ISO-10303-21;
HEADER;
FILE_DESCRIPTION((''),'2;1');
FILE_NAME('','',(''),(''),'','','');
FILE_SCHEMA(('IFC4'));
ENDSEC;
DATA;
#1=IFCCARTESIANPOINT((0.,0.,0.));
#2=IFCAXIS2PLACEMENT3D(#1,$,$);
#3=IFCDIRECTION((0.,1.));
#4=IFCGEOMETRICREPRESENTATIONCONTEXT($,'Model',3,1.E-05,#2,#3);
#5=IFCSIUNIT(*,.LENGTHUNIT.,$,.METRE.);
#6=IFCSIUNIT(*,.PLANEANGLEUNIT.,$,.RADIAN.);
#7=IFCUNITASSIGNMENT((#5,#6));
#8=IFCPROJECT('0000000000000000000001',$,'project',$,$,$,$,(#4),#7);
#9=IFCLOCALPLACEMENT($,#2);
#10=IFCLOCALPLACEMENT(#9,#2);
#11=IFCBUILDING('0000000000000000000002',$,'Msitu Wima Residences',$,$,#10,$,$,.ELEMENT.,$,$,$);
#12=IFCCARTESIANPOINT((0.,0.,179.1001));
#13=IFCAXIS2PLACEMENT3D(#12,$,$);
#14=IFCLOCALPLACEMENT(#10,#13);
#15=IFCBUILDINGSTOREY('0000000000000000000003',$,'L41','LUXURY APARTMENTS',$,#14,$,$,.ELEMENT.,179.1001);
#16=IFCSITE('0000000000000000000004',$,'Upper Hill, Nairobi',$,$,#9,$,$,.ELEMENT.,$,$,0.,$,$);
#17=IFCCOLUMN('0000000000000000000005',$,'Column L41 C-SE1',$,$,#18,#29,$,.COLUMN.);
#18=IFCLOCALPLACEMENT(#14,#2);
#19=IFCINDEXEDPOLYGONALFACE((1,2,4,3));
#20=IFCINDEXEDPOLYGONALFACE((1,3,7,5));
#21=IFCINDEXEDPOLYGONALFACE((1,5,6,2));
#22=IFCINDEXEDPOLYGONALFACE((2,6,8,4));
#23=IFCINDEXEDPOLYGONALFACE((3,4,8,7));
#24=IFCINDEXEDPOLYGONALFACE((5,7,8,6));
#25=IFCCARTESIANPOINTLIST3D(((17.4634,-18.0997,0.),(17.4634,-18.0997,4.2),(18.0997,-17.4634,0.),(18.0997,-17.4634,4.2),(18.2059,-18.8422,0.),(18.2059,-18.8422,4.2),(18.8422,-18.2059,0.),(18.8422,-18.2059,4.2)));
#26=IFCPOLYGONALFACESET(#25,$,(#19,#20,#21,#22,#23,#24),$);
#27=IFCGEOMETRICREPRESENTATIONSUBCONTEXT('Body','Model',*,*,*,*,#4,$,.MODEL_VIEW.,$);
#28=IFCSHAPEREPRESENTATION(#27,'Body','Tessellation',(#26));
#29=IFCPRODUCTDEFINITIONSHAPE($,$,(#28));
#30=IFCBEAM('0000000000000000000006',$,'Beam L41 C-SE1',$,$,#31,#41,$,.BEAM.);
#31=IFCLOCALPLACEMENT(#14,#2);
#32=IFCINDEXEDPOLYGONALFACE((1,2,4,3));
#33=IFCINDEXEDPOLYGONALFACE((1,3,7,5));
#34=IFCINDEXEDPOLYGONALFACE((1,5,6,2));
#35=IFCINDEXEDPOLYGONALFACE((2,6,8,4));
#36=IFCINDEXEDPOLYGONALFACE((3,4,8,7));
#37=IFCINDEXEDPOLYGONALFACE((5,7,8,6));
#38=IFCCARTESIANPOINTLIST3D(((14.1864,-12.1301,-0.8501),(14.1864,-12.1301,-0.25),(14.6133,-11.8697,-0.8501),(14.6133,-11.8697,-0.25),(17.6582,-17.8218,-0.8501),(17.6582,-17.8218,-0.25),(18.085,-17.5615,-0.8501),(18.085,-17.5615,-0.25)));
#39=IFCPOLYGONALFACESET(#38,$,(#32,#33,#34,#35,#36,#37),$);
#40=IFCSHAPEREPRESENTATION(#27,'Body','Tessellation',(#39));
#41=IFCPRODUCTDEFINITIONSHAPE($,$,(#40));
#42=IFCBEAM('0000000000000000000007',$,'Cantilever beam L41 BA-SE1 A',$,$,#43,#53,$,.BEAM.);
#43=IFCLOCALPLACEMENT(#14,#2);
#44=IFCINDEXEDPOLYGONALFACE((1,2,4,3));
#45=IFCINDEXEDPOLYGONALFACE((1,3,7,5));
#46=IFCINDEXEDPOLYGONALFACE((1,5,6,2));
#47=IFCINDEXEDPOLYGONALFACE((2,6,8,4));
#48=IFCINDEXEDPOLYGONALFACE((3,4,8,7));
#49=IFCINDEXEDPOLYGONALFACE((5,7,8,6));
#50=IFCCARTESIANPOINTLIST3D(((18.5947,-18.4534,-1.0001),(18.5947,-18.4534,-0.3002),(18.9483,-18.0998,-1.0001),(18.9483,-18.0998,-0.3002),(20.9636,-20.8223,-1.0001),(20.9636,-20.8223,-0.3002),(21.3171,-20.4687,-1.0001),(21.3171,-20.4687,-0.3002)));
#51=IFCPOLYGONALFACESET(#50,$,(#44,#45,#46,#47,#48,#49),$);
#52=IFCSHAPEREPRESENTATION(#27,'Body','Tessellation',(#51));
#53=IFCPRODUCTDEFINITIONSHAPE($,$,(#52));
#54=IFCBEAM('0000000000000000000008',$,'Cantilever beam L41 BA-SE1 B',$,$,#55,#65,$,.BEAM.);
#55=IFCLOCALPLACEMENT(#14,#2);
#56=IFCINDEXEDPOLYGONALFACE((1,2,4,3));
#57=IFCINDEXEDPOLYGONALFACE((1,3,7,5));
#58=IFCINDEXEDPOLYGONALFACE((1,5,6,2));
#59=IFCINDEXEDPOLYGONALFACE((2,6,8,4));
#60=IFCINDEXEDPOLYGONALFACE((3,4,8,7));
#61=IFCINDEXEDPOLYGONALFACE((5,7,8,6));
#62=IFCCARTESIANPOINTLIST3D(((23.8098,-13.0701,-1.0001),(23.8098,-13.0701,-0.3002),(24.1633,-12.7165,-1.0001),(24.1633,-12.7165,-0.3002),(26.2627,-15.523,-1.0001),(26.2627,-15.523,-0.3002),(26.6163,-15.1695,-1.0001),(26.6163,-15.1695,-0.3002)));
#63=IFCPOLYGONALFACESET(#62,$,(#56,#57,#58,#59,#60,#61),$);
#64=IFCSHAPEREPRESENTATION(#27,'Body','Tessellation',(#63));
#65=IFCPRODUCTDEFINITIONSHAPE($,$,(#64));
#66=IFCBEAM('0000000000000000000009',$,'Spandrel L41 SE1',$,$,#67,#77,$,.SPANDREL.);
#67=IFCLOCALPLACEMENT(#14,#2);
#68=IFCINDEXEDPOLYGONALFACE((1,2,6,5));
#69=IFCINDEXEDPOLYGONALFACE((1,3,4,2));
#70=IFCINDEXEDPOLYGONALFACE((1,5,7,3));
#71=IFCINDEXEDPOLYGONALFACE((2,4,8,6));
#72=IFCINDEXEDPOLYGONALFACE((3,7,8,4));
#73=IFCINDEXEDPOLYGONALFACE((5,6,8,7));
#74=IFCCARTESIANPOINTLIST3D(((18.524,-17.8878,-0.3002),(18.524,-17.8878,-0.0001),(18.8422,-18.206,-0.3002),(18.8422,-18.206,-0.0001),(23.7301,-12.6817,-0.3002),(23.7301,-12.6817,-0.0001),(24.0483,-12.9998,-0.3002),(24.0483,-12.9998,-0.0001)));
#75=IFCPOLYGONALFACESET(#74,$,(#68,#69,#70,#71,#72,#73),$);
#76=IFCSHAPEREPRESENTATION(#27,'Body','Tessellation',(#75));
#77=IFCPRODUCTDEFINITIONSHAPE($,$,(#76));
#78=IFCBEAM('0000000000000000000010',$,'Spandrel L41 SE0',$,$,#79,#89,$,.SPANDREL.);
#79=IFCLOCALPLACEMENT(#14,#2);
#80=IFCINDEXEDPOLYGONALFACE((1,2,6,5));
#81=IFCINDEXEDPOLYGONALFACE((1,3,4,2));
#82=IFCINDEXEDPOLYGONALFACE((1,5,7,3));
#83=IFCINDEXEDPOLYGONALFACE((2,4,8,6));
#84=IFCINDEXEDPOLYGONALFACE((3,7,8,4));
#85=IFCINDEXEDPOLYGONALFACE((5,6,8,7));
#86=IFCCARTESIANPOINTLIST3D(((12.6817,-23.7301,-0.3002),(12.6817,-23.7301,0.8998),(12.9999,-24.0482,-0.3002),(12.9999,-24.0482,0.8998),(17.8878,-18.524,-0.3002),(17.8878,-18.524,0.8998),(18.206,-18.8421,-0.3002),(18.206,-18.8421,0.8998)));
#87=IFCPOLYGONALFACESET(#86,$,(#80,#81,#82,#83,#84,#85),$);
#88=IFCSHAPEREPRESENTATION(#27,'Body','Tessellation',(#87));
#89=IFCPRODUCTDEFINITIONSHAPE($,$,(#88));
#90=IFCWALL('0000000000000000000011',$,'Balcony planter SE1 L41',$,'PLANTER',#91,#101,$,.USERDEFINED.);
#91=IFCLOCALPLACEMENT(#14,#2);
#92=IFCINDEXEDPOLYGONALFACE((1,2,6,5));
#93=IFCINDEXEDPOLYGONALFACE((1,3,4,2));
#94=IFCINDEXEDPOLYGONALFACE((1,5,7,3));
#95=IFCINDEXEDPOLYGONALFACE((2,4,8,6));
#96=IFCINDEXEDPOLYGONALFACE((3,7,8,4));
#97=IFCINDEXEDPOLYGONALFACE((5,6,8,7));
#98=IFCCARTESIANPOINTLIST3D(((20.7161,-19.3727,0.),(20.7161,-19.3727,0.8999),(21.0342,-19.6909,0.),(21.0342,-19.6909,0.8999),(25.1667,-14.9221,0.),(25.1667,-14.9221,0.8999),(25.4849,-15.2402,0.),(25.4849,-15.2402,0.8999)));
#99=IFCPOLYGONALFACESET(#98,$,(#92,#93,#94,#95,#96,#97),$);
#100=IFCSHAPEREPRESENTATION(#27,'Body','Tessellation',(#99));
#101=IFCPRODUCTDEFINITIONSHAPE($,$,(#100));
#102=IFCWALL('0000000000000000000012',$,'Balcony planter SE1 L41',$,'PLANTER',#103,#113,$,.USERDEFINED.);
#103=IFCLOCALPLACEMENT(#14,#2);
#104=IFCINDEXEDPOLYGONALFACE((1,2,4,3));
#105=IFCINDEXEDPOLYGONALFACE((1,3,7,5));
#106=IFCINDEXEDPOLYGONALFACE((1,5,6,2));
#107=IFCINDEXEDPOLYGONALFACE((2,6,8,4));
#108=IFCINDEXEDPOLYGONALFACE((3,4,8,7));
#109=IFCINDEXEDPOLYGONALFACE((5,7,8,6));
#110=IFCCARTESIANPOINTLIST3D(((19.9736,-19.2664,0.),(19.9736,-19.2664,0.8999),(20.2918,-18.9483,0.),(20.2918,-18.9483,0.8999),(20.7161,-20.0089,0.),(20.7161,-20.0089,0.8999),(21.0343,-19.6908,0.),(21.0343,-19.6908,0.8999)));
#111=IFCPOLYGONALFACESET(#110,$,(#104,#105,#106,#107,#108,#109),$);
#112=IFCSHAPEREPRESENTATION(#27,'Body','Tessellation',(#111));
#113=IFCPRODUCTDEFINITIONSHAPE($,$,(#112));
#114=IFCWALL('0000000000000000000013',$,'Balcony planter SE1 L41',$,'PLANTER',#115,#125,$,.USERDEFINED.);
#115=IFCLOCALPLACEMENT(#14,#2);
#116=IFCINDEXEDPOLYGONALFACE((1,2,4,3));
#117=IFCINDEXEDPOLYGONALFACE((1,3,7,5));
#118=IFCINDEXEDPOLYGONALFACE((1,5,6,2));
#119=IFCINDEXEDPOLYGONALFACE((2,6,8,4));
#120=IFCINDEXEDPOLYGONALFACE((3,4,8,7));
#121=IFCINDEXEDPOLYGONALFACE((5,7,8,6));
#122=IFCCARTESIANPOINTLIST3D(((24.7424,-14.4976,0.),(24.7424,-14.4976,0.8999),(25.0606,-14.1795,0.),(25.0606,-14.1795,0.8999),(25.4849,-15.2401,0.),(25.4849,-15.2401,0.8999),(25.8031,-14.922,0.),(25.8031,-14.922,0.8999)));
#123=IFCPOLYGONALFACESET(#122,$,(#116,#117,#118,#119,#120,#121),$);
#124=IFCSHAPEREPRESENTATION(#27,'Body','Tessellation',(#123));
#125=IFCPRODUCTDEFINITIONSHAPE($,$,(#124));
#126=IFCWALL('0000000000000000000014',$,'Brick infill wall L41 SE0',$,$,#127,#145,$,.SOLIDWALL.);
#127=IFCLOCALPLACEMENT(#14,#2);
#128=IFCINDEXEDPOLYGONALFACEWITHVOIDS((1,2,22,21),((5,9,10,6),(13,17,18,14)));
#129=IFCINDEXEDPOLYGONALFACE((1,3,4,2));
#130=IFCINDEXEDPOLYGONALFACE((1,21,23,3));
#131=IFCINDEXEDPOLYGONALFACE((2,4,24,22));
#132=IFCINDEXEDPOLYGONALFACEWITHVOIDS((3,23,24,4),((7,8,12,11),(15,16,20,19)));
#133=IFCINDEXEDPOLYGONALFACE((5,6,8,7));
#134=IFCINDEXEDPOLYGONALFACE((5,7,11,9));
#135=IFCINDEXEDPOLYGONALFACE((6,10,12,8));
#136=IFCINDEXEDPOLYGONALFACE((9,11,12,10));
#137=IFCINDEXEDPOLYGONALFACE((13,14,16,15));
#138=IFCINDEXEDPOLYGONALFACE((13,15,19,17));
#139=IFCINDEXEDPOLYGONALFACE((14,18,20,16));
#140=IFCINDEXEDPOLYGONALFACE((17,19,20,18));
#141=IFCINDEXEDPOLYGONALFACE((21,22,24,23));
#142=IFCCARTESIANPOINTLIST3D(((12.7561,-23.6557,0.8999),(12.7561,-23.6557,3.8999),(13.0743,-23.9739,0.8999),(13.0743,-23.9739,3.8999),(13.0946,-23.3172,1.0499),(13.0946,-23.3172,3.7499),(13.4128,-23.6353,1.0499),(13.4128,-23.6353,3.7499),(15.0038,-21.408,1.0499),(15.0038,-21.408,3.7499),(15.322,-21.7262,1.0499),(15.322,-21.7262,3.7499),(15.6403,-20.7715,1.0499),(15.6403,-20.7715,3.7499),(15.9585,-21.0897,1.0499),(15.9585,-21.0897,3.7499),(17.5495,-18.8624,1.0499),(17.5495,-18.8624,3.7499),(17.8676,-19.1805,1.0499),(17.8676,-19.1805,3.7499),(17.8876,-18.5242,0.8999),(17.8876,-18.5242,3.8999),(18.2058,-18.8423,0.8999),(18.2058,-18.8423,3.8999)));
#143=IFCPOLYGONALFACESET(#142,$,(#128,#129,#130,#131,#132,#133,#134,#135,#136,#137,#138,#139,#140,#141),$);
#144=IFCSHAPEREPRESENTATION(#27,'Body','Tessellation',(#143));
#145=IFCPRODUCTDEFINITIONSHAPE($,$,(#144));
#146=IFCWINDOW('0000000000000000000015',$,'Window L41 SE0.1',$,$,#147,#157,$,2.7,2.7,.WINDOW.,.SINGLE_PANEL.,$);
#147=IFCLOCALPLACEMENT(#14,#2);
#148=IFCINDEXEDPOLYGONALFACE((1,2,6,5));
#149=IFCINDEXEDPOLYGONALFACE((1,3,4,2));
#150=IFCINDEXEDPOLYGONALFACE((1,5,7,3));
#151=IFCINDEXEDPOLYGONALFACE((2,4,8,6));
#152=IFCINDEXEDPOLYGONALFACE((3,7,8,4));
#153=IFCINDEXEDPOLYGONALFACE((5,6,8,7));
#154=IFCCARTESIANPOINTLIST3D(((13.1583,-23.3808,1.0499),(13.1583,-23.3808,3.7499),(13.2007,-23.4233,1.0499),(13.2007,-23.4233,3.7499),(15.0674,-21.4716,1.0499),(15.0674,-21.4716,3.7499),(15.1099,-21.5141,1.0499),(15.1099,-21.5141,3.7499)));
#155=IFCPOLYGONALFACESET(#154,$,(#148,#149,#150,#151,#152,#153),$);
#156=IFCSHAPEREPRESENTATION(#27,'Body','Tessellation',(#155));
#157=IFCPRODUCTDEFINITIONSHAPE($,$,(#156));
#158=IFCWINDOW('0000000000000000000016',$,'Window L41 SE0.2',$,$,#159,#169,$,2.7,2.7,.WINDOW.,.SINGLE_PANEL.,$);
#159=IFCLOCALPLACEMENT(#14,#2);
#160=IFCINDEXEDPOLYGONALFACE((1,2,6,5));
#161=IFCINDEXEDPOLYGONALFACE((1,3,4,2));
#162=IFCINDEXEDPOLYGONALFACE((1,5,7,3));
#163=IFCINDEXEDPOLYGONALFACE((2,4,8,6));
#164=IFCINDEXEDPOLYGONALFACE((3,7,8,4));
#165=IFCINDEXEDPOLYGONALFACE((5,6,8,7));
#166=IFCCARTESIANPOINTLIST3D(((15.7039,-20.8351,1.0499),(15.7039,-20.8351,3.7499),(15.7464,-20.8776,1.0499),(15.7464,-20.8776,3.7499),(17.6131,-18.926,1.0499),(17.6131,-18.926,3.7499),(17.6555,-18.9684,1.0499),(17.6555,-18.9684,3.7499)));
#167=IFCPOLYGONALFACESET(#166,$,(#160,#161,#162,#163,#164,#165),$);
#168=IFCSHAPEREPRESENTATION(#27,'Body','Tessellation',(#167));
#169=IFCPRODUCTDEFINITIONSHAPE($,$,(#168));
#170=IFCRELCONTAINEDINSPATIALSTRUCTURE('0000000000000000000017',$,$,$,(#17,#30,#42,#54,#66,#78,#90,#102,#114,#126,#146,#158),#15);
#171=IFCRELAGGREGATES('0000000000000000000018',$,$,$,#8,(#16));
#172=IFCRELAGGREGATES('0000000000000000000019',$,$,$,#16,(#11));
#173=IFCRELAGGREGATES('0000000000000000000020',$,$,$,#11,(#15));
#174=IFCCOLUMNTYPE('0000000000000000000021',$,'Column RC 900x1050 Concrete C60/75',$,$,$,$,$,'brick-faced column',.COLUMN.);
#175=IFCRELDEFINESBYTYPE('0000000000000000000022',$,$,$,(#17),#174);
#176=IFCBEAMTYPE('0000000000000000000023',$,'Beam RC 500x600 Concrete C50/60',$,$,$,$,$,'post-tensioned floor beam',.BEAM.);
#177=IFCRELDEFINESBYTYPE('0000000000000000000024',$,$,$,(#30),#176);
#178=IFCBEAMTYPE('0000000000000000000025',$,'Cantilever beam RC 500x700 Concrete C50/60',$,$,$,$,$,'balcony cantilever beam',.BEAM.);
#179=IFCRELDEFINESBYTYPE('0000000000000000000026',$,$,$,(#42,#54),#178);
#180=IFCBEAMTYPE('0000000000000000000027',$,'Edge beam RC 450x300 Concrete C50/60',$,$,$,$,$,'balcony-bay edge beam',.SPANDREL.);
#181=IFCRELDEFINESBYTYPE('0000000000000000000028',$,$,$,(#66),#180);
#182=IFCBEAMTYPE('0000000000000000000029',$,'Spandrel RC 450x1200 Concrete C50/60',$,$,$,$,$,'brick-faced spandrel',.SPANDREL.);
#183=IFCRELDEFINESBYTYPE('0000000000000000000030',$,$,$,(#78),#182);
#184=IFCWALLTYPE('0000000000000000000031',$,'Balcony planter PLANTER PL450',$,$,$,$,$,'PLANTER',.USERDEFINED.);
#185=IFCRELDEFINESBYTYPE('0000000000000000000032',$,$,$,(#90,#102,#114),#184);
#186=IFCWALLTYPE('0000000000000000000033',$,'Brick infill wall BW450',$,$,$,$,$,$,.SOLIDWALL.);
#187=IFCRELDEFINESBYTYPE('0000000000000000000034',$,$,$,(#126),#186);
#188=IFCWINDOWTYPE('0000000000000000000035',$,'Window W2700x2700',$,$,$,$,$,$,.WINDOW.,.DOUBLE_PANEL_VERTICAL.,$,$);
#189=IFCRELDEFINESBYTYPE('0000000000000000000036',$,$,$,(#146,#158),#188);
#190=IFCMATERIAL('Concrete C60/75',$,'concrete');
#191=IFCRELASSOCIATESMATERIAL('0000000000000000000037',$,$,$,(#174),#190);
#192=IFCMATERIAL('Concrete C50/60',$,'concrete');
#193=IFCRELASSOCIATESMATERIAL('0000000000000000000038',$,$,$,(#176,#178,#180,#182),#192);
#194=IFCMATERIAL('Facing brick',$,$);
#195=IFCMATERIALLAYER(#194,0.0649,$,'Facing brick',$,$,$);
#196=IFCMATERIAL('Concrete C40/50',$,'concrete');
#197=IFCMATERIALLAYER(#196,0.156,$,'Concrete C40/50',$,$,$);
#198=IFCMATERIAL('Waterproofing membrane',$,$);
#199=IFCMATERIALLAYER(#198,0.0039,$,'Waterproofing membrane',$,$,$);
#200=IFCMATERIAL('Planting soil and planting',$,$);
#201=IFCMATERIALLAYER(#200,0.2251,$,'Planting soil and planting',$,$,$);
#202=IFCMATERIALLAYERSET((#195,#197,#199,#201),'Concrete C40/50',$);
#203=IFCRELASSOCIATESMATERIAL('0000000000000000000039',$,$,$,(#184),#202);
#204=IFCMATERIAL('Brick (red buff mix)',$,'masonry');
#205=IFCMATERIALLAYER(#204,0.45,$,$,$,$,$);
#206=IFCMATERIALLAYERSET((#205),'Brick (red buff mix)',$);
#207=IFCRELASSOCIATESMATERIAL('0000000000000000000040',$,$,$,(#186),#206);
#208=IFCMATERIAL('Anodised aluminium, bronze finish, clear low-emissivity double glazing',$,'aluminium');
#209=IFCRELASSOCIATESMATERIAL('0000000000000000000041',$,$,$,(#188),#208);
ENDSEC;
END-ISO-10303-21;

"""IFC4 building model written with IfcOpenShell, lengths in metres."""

from ifc_helpers import new_model, si_unit, direction, frame, frame_2d, origin, origin_2d, place, context, subcontext, project, spatial, rectangle, extrude, material, layer, layer_set, material_profile, profile_set, type_object, element, fill, save


model = new_model("IFC4")

# Units and contexts
model_context = context("Model", 3, precision=1e-05, world=origin(), true_north=direction((0.0, 1.0)))
body_context = subcontext(model_context, "Body", "Model", "MODEL_VIEW")
ifc_project = project(units=[si_unit("LENGTHUNIT", "METRE"), si_unit("PLANEANGLEUNIT", "RADIAN")], contexts=[model_context])

# Site, building, storey
site_placement = place(None, origin())
site = spatial("IfcSite", under=ifc_project, at=site_placement, Name="Upper Hill, Nairobi", CompositionType="ELEMENT", RefElevation=0.0)
building_placement = place(site_placement, origin())
building = spatial("IfcBuilding", under=site, at=building_placement, Name="Msitu Wima Residences", CompositionType="ELEMENT")
storey_placement = place(building_placement, frame((0.0, 0.0, 179.1001)))
storey = spatial("IfcBuildingStorey", under=building, at=storey_placement, Name="L41", Description="LUXURY APARTMENTS", CompositionType="ELEMENT", Elevation=179.1001)

# Column
ifc_material_1 = material(Name="Concrete C60/75", Category="concrete")
ifc_material_profile_1 = material_profile(ifc_material_1, rectangle(XDim=0.8999, YDim=1.05, at=origin_2d()), Name="RC 900x1050")
ifc_profile_set_1 = profile_set([ifc_material_profile_1], Name="Concrete C60/75")
column_type = type_object("IfcColumnType", Name="Column RC 900x1050 Concrete C60/75", ElementType="brick-faced column", PredefinedType="COLUMN", material=ifc_profile_set_1)
column_placement = place(storey_placement, frame((18.1528, -18.1528, 0.0), z_axis=(0.0, 0.0, 1.0), x_axis=(0.707107, 0.707107, 0.0)))
element("IfcColumn", 1, at=column_placement, inside=storey, type_object=column_type, Name="Column L41 C-SE1", PredefinedType="COLUMN", context=body_context, shape_type="SweptSolid", body=[
    extrude(rectangle(XDim=0.8999, YDim=1.05, at=origin_2d()), origin(), (0.0, 0.0, 1.0), 4.2),
])

# Beams
ifc_material_2 = material(Name="Concrete C50/60", Category="concrete")
ifc_material_profile_2 = material_profile(ifc_material_2, rectangle(XDim=0.5, YDim=0.6001, at=origin_2d()), Name="RC 500x600")
ifc_profile_set_2 = profile_set([ifc_material_profile_2], Name="Concrete C50/60")
beam_type_1 = type_object("IfcBeamType", Name="Beam RC 500x600 Concrete C50/60", ElementType="post-tensioned floor beam", PredefinedType="BEAM", material=ifc_profile_set_2)
beam_1_placement = place(storey_placement, frame((17.8716, -17.6917, -0.55), z_axis=(-0.520734, 0.853719, 0.0), x_axis=(-0.853719, -0.520734, 0.0)))
element("IfcBeam", 2, at=beam_1_placement, inside=storey, type_object=beam_type_1, Name="Beam L41 C-SE1", PredefinedType="BEAM", context=body_context, shape_type="SweptSolid", body=[
    extrude(rectangle(XDim=0.5, YDim=0.6001, at=origin_2d()), origin(), (0.0, 0.0, 1.0), 6.667),
])
ifc_material_profile_3 = material_profile(ifc_material_2, rectangle(XDim=0.5, YDim=0.7, at=origin_2d()), Name="RC 500x700")
ifc_profile_set_3 = profile_set([ifc_material_profile_3], Name="Concrete C50/60")
beam_type_2 = type_object("IfcBeamType", Name="Cantilever beam RC 500x700 Concrete C50/60", ElementType="balcony cantilever beam", PredefinedType="BEAM", material=ifc_profile_set_3)
beam_2_placement = place(storey_placement, frame((18.7715, -18.2766, -0.6501), z_axis=(0.707107, -0.707107, 0.0), x_axis=(0.707107, 0.707107, 0.0)))
element("IfcBeam", 3, at=beam_2_placement, inside=storey, type_object=beam_type_2, Name="Cantilever beam L41 BA-SE1 A", PredefinedType="BEAM", context=body_context, shape_type="SweptSolid", body=[
    extrude(rectangle(XDim=0.5, YDim=0.7, at=origin_2d()), origin(), (0.0, 0.0, 1.0), 3.3501),
])
beam_3_placement = place(storey_placement, frame((23.9866, -12.8933, -0.6501), z_axis=(0.707107, -0.707107, 0.0), x_axis=(0.707107, 0.707107, 0.0)))
element("IfcBeam", 4, at=beam_3_placement, inside=storey, type_object=beam_type_2, Name="Cantilever beam L41 BA-SE1 B", PredefinedType="BEAM", context=body_context, shape_type="SweptSolid", body=[
    extrude(rectangle(XDim=0.5, YDim=0.7, at=origin_2d()), origin(), (0.0, 0.0, 1.0), 3.469),
])
ifc_material_profile_4 = material_profile(ifc_material_2, rectangle(XDim=0.45, YDim=0.3, at=origin_2d()), Name="RC 450x300")
ifc_profile_set_4 = profile_set([ifc_material_profile_4], Name="Concrete C50/60")
beam_type_3 = type_object("IfcBeamType", Name="Edge beam RC 450x300 Concrete C50/60", ElementType="balcony-bay edge beam", PredefinedType="SPANDREL", material=ifc_profile_set_4)
beam_4_placement = place(storey_placement, frame((18.6831, -18.0469, -0.1501), z_axis=(0.707107, 0.707107, 0.0), x_axis=(-0.707107, 0.707107, 0.0)))
element("IfcBeam", 5, at=beam_4_placement, inside=storey, type_object=beam_type_3, Name="Spandrel L41 SE1", PredefinedType="SPANDREL", context=body_context, shape_type="SweptSolid", body=[
    extrude(rectangle(XDim=0.45, YDim=0.3, at=origin_2d()), origin(), (0.0, 0.0, 1.0), 7.3625),
])
ifc_material_profile_5 = material_profile(ifc_material_2, rectangle(XDim=0.45, YDim=1.2, at=origin_2d()), Name="RC 450x1200")
ifc_profile_set_5 = profile_set([ifc_material_profile_5], Name="Concrete C50/60")
beam_type_4 = type_object("IfcBeamType", Name="Spandrel RC 450x1200 Concrete C50/60", ElementType="brick-faced spandrel", PredefinedType="SPANDREL", material=ifc_profile_set_5)
beam_5_placement = place(storey_placement, frame((12.8408, -23.8892, 0.2998), z_axis=(0.707107, 0.707107, 0.0), x_axis=(-0.707107, 0.707107, 0.0)))
element("IfcBeam", 6, at=beam_5_placement, inside=storey, type_object=beam_type_4, Name="Spandrel L41 SE0", PredefinedType="SPANDREL", context=body_context, shape_type="SweptSolid", body=[
    extrude(rectangle(XDim=0.45, YDim=1.2, at=origin_2d()), origin(), (0.0, 0.0, 1.0), 7.3625),
])

# Walls
ifc_material_3 = material(Name="Facing brick")
ifc_layer_1 = layer(ifc_material_3, 0.0649, Name="Facing brick")
ifc_material_4 = material(Name="Concrete C40/50", Category="concrete")
ifc_layer_2 = layer(ifc_material_4, 0.156, Name="Concrete C40/50")
ifc_material_5 = material(Name="Waterproofing membrane")
ifc_layer_3 = layer(ifc_material_5, 0.0039, Name="Waterproofing membrane")
ifc_material_6 = material(Name="Planting soil and planting")
ifc_layer_4 = layer(ifc_material_6, 0.2251, Name="Planting soil and planting")
ifc_layer_set_1 = layer_set([ifc_layer_1, ifc_layer_2, ifc_layer_3, ifc_layer_4], Name="Concrete C40/50")
wall_type_1 = type_object("IfcWallType", Name="Balcony planter PLANTER PL450", ElementType="PLANTER", PredefinedType="USERDEFINED", material=ifc_layer_set_1)
wall_1_placement = place(storey_placement, frame((20.8752, -19.5317, 0.0), z_axis=(0.0, 0.0, 1.0), x_axis=(0.707107, 0.707107, 0.0)))
element("IfcWall", 7, at=wall_1_placement, inside=storey, type_object=wall_type_1, Name="Balcony planter SE1 L41", ObjectType="PLANTER", PredefinedType="USERDEFINED", context=body_context, shape_type="SweptSolid", body=[
    extrude(rectangle(XDim=6.2942, YDim=0.45, at=frame_2d((3.147, 0.0))), origin(), (0.0, 0.0, 1.0), 0.8999),
])
for number, where, z_axis, x_axis, name in (
    (8, (20.1328, -19.1074, 0.0), (0.0, 0.0, 1.0), (0.707107, -0.707107, 0.0), "Balcony planter SE1 L41"),
    (9, (24.9016, -14.3386, 0.0), (0.0, 0.0, 1.0), (0.707107, -0.707107, 0.0), "Balcony planter SE1 L41"),
):
    element("IfcWall", number, at=place(storey_placement, frame(where, z_axis=z_axis, x_axis=x_axis)), inside=storey, type_object=wall_type_1, Name=name, ObjectType="PLANTER", PredefinedType="USERDEFINED", context=body_context, shape_type="SweptSolid", body=[
        extrude(rectangle(XDim=1.05, YDim=0.45, at=frame_2d((0.5249, 0.0))), origin(), (0.0, 0.0, 1.0), 0.8999),
    ])

# Wall, openings, windows
ifc_material_7 = material(Name="Brick (red buff mix)", Category="masonry")
ifc_layer_5 = layer(ifc_material_7, 0.45)
ifc_layer_set_2 = layer_set([ifc_layer_5], Name="Brick (red buff mix)")
wall_type_2 = type_object("IfcWallType", Name="Brick infill wall BW450", PredefinedType="SOLIDWALL", material=ifc_layer_set_2)
wall_2_placement = place(storey_placement, frame((12.9153, -23.8147, 0.8999), z_axis=(0.0, 0.0, 1.0), x_axis=(0.707107, 0.707107, 0.0)))
wall_2 = element("IfcWall", 10, at=wall_2_placement, inside=storey, type_object=wall_type_2, Name="Brick infill wall L41 SE0", PredefinedType="SOLIDWALL", context=body_context, shape_type="SweptSolid", body=[
    extrude(rectangle(XDim=7.2571, YDim=0.45, at=frame_2d((3.6284, 0.0))), origin(), (0.0, 0.0, 1.0), 3.0),
])
opening_1_placement = place(wall_2_placement, frame((0.4785, 0.0, 0.1499)))
opening_1 = element("IfcOpeningElement", 11, at=opening_1_placement, cuts=wall_2, PredefinedType="OPENING", context=body_context, shape_type="SweptSolid", body=[
    extrude(rectangle(XDim=2.7, YDim=2.7, at=frame_2d((1.3501, 1.3501))), frame((0.0, 0.2349, 0.0), z_axis=(0.0, -1.0, 0.0), x_axis=(1.0, 0.0, 0.0)), (0.0, 0.0, 1.0), 0.47),
])
opening_2_placement = place(wall_2_placement, frame((4.0786, 0.0, 0.1499)))
opening_2 = element("IfcOpeningElement", 12, at=opening_2_placement, cuts=wall_2, PredefinedType="OPENING", context=body_context, shape_type="SweptSolid", body=[
    extrude(rectangle(XDim=2.7, YDim=2.7, at=frame_2d((1.3501, 1.3501))), frame((0.0, 0.2349, 0.0), z_axis=(0.0, -1.0, 0.0), x_axis=(1.0, 0.0, 0.0)), (0.0, 0.0, 1.0), 0.47),
])
ifc_material_8 = material(Name="Anodised aluminium, bronze finish, clear low-emissivity double glazing", Category="aluminium")
window_type = type_object("IfcWindowType", Name="Window W2700x2700", PartitioningType="DOUBLE_PANEL_VERTICAL", PredefinedType="WINDOW", material=ifc_material_8)
window_1_placement = place(opening_1_placement, origin())
window_1 = element("IfcWindow", 13, at=window_1_placement, inside=storey, type_object=window_type, Name="Window L41 SE0.1", OverallHeight=2.7, OverallWidth=2.7, PartitioningType="SINGLE_PANEL", PredefinedType="WINDOW", context=body_context, shape_type="SweptSolid", body=[
    extrude(rectangle(XDim=2.7, YDim=2.7, at=frame_2d((1.3501, 1.3501))), frame((0.0, 0.135, 0.0), z_axis=(0.0, -1.0, 0.0), x_axis=(1.0, 0.0, 0.0)), (0.0, 0.0, 1.0), 0.0601),
])
fill(opening_1, window_1)
window_2_placement = place(opening_2_placement, origin())
window_2 = element("IfcWindow", 14, at=window_2_placement, inside=storey, type_object=window_type, Name="Window L41 SE0.2", OverallHeight=2.7, OverallWidth=2.7, PartitioningType="SINGLE_PANEL", PredefinedType="WINDOW", context=body_context, shape_type="SweptSolid", body=[
    extrude(rectangle(XDim=2.7, YDim=2.7, at=frame_2d((1.3501, 1.3501))), frame((0.0, 0.135, 0.0), z_axis=(0.0, -1.0, 0.0), x_axis=(1.0, 0.0, 0.0)), (0.0, 0.0, 1.0), 0.0601),
])
fill(opening_2, window_2)

save(model, "model.ifc")
